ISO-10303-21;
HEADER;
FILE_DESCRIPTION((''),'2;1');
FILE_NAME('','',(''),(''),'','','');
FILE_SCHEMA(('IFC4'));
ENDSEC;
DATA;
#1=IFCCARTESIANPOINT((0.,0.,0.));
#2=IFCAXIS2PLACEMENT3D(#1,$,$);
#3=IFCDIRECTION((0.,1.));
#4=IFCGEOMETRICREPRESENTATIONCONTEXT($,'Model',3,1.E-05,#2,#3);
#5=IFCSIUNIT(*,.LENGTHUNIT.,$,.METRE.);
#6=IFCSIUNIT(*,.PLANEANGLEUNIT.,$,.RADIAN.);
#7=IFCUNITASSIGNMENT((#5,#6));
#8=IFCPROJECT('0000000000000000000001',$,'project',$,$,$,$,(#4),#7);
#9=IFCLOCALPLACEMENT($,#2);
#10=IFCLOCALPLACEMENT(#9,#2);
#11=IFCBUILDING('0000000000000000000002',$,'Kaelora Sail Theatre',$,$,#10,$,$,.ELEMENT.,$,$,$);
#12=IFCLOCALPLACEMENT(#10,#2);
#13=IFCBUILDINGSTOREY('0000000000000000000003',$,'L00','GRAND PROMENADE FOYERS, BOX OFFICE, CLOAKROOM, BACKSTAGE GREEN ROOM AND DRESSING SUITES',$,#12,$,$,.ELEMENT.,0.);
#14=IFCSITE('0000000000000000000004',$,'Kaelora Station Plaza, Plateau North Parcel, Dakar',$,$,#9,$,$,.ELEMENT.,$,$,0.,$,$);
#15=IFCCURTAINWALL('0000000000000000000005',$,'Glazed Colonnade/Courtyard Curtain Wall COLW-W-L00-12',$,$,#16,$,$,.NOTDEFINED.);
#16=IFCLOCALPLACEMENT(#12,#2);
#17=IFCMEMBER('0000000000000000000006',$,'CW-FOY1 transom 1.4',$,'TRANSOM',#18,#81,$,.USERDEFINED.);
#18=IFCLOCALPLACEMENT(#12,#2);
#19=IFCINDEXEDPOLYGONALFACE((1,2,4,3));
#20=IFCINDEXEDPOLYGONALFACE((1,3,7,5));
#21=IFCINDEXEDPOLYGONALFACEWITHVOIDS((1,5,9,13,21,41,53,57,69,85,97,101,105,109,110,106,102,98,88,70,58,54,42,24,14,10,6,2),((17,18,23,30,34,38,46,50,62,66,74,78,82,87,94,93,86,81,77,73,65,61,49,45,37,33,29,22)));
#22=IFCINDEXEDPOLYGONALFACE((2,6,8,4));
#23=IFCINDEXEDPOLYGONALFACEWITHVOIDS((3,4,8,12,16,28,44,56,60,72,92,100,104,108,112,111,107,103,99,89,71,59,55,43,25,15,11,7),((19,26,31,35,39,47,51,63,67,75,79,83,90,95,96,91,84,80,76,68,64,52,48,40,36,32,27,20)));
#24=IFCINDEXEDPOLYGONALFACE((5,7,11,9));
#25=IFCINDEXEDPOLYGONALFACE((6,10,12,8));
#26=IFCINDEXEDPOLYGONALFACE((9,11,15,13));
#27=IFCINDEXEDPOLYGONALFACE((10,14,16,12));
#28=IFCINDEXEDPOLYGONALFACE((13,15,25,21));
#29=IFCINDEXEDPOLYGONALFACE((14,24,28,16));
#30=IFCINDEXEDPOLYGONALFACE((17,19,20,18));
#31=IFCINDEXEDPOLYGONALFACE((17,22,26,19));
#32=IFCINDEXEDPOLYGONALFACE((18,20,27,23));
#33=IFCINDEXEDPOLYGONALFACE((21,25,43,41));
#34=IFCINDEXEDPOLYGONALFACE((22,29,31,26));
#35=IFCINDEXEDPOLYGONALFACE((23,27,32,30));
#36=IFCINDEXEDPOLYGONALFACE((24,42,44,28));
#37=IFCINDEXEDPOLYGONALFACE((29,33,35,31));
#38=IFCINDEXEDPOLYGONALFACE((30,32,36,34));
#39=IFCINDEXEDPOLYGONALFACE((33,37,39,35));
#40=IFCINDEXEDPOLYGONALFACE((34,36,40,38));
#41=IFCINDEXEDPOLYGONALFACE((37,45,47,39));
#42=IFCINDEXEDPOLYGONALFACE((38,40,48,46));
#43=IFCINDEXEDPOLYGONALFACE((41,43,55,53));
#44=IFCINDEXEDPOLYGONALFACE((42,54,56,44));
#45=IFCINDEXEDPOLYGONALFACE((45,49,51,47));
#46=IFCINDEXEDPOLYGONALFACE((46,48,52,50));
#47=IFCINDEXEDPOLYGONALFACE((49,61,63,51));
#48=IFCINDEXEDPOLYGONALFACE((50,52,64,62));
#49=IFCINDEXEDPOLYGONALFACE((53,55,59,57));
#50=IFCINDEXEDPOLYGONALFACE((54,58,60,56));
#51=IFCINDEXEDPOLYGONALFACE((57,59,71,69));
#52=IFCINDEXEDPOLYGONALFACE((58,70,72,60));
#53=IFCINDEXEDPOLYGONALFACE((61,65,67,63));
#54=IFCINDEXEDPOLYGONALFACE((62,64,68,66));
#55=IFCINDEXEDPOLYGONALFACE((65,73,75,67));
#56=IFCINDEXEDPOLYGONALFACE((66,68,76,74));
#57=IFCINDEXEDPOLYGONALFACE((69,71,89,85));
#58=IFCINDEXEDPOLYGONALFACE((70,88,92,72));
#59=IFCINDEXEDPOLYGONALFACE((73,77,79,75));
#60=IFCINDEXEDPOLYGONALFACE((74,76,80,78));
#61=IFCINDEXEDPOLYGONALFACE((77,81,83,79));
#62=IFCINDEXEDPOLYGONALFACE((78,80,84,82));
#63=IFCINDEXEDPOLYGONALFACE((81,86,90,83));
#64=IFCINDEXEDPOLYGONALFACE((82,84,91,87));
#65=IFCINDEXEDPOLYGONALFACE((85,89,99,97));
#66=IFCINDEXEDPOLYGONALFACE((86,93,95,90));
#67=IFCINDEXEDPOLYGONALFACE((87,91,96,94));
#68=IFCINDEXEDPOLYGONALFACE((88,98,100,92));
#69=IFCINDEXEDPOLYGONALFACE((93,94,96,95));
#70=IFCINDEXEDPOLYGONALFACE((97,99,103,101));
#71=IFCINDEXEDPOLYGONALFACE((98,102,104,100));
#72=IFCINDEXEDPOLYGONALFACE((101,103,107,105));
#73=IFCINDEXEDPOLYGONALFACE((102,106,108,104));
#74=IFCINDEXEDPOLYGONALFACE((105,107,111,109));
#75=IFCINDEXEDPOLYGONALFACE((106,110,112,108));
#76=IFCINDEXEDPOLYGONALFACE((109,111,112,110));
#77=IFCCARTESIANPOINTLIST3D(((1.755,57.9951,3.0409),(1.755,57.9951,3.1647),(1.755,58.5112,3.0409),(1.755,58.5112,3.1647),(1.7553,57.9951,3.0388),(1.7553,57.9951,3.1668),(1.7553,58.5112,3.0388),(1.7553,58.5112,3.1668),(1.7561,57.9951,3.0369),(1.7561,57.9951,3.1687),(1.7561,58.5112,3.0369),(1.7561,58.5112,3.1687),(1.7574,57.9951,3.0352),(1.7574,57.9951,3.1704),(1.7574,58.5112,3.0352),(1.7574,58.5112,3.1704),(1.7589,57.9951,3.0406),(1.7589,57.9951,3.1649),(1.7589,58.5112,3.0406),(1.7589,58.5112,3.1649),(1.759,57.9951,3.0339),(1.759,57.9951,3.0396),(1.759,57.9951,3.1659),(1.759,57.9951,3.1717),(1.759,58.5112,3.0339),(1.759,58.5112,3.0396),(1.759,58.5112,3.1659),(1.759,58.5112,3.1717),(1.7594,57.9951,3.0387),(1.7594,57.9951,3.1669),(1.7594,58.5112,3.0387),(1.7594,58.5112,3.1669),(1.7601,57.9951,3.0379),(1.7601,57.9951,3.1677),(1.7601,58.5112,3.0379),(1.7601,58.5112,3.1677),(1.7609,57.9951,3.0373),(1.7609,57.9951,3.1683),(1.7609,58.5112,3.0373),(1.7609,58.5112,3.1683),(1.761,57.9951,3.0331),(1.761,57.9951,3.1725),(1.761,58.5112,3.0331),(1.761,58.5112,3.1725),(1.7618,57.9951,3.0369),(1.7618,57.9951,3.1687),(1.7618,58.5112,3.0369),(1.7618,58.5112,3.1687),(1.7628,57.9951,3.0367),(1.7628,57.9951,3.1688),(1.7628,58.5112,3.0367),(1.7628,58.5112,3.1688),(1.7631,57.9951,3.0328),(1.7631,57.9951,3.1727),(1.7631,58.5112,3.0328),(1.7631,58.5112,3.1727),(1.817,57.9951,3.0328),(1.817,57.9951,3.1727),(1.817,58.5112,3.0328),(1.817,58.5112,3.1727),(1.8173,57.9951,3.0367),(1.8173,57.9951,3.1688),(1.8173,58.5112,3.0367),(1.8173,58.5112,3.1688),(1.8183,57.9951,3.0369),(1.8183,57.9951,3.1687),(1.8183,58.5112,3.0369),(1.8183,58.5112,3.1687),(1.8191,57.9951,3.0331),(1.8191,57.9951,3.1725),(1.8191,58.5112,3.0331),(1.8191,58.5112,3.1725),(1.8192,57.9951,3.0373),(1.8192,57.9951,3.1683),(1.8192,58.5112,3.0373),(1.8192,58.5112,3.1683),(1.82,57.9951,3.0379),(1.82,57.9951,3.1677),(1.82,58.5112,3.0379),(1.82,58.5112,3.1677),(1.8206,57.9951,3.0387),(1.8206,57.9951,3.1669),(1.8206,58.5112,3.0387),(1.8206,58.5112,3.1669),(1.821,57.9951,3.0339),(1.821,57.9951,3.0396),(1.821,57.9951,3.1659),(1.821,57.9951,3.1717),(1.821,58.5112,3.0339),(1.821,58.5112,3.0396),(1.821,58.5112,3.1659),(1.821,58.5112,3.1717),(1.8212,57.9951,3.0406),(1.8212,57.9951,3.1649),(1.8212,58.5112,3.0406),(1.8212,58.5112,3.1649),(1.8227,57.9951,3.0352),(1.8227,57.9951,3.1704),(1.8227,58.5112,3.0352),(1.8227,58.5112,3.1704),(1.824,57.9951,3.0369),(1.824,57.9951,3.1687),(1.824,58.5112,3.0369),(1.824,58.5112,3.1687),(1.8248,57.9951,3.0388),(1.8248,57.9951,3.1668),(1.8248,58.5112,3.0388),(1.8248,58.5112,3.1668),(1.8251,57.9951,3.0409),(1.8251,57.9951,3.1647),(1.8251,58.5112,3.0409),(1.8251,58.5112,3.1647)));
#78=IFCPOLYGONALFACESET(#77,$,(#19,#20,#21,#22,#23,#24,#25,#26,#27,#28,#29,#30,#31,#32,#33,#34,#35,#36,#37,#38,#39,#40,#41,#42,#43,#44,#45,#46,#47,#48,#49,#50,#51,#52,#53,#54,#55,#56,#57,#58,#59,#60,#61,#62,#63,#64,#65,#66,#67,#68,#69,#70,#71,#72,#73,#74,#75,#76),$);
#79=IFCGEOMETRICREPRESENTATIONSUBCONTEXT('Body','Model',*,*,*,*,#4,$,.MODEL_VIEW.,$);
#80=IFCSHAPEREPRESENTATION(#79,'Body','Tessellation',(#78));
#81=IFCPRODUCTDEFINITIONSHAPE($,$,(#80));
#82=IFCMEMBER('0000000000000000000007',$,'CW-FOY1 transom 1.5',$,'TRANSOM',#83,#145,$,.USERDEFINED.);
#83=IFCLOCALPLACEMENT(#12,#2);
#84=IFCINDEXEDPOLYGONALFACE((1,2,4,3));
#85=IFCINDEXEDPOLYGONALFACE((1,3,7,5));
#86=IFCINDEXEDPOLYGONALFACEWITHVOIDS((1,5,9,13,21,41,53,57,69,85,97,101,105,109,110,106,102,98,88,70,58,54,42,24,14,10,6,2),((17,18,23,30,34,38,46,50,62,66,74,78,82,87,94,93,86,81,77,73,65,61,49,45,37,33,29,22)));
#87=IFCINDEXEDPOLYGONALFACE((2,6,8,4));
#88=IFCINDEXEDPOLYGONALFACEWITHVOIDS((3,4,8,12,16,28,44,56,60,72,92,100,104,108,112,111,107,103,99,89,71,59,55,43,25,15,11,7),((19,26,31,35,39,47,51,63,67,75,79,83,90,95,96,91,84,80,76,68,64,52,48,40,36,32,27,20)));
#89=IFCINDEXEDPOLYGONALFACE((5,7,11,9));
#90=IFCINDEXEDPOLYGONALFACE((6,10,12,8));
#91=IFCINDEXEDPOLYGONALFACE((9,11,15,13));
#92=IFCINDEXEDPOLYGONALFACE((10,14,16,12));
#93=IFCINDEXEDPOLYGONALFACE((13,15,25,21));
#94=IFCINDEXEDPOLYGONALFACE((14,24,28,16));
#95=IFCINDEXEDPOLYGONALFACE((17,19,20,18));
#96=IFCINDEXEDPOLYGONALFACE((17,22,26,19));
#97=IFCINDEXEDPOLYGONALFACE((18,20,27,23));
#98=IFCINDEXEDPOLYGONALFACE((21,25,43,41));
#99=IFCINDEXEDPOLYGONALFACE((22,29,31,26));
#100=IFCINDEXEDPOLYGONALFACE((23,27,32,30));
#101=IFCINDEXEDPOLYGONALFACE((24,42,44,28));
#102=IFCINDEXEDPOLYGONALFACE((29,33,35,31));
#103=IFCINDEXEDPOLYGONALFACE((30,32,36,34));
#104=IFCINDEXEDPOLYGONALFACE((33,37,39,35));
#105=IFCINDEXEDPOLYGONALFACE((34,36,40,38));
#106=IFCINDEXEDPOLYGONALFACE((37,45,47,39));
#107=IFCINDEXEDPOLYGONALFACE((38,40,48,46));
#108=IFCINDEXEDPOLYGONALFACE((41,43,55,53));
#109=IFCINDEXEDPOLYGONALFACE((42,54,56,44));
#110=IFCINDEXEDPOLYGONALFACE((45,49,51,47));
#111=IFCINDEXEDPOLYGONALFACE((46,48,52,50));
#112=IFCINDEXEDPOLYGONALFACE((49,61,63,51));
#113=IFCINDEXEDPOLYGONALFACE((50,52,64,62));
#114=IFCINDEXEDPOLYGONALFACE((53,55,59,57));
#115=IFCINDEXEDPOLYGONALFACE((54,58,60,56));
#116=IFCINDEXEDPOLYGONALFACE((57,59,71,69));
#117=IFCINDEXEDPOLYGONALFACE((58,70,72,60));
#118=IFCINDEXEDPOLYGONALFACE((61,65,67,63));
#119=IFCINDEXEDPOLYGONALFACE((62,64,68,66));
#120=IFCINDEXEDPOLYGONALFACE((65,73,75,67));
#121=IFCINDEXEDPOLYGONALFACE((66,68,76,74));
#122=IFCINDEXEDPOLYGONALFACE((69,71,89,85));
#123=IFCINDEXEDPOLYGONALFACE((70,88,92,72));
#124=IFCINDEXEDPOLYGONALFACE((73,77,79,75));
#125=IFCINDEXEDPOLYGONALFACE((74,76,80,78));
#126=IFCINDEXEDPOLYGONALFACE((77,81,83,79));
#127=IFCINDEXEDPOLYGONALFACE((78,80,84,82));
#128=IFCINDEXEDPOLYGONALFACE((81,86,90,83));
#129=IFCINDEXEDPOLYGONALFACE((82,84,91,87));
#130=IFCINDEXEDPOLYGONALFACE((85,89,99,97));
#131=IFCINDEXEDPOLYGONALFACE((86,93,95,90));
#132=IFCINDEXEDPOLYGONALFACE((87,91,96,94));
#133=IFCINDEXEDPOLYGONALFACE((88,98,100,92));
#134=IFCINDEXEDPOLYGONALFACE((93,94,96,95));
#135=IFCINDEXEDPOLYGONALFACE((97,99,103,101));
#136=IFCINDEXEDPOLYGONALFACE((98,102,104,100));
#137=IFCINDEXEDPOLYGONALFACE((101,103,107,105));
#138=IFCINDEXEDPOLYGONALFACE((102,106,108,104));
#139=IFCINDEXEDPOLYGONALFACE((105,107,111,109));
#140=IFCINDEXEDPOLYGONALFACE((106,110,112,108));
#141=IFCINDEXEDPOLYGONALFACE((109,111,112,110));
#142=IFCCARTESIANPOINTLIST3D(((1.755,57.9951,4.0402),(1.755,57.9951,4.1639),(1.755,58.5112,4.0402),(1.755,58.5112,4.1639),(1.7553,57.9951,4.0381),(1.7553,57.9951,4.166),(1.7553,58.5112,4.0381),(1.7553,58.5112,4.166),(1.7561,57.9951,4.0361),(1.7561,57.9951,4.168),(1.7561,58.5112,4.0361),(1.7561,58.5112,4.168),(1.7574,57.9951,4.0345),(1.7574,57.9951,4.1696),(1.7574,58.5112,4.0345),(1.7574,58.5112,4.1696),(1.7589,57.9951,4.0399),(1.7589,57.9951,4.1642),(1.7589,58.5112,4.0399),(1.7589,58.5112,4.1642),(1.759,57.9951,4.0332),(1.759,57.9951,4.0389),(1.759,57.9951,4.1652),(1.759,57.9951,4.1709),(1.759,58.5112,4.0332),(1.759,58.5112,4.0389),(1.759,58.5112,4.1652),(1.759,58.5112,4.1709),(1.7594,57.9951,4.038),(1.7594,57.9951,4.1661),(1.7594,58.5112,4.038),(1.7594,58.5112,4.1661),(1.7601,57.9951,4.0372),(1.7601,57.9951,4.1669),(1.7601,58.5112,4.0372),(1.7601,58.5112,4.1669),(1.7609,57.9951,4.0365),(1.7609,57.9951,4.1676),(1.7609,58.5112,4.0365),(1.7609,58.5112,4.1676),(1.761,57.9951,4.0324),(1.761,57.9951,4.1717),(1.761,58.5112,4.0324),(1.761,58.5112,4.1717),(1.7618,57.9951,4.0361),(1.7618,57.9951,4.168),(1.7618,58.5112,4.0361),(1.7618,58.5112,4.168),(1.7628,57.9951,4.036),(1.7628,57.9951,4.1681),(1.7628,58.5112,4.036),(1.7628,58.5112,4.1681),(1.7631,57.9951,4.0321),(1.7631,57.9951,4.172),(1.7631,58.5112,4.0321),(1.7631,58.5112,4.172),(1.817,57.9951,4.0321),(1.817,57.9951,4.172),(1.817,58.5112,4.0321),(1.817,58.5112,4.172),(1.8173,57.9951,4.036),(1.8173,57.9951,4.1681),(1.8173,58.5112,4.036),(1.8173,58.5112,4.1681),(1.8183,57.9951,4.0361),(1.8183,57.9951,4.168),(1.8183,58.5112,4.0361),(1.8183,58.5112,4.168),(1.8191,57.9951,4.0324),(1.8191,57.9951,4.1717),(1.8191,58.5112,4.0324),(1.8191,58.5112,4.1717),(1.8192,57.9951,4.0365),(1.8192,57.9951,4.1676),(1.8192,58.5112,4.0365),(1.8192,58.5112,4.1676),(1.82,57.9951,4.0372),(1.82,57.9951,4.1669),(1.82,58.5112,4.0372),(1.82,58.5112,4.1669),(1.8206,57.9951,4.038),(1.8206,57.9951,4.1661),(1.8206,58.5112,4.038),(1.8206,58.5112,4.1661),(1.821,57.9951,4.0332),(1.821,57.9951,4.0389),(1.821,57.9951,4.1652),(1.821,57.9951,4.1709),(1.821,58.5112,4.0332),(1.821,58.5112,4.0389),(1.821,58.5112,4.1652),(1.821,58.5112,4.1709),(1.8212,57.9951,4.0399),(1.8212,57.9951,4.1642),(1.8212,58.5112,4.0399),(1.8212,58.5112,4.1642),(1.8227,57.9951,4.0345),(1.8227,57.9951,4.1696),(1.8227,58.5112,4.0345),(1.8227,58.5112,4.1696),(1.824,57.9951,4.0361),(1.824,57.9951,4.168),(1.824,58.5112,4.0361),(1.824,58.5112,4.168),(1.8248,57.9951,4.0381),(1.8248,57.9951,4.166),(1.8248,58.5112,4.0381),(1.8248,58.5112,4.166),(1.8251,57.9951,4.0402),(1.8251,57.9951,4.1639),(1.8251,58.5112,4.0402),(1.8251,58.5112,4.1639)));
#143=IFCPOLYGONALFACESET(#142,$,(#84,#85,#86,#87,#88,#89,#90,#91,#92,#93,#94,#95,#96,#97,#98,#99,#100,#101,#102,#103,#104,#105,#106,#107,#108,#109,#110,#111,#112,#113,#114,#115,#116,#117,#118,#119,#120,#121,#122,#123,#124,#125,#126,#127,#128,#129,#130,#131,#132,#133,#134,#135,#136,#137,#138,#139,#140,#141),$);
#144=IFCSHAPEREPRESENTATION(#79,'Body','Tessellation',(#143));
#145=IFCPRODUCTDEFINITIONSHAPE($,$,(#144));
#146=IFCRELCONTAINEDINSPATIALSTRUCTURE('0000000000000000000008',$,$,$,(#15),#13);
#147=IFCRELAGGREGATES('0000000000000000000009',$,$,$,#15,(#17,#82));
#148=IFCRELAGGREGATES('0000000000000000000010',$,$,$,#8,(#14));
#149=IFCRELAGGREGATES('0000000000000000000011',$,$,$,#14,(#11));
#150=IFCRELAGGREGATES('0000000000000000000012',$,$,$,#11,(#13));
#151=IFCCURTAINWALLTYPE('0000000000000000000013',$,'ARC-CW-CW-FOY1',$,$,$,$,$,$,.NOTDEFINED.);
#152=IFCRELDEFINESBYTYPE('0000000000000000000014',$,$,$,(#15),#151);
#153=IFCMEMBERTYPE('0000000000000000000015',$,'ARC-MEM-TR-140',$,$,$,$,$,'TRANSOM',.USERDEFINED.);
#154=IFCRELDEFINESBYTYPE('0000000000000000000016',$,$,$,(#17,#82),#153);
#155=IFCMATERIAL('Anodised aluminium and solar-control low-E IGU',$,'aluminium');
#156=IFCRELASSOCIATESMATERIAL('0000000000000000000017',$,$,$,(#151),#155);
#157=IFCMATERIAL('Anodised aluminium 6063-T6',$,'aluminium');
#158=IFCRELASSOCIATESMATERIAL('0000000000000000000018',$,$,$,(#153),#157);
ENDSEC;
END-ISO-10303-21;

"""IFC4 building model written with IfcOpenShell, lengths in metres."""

from ifc_helpers import new_model, si_unit, direction, frame, origin, origin_2d, place, context, subcontext, project, spatial, hollow_rectangle, extrude, material, material_profile, profile_set, type_object, element, aggregate, save


model = new_model("IFC4")

# Units and contexts
model_context = context("Model", 3, precision=1e-05, world=origin(), true_north=direction((0.0, 1.0)))
body_context = subcontext(model_context, "Body", "Model", "MODEL_VIEW")
ifc_project = project(units=[si_unit("LENGTHUNIT", "METRE"), si_unit("PLANEANGLEUNIT", "RADIAN")], contexts=[model_context])

# Site, building, storey
site_placement = place(None, origin())
site = spatial("IfcSite", under=ifc_project, at=site_placement, Name="Kaelora Station Plaza, Plateau North Parcel, Dakar", CompositionType="ELEMENT", RefElevation=0.0)
building_placement = place(site_placement, origin())
building = spatial("IfcBuilding", under=site, at=building_placement, Name="Kaelora Sail Theatre", CompositionType="ELEMENT")
storey_placement = place(building_placement, origin())
storey = spatial("IfcBuildingStorey", under=building, at=storey_placement, Name="L00", Description="GRAND PROMENADE FOYERS, BOX OFFICE, CLOAKROOM, BACKSTAGE GREEN ROOM AND DRESSING SUITES", CompositionType="ELEMENT", Elevation=0.0)

# Shared definitions
ifc_material_1 = material(Name="Anodised aluminium and solar-control low-E IGU", Category="aluminium")
curtain_wall_type = type_object("IfcCurtainWallType", Name="ARC-CW-CW-FOY1", PredefinedType="NOTDEFINED", material=ifc_material_1)

# Curtain wall, members
curtain_wall_1_placement = place(storey_placement, origin())
curtain_wall_1 = element("IfcCurtainWall", 1, at=curtain_wall_1_placement, inside=storey, type_object=curtain_wall_type, Name="Glazed Colonnade/Courtyard Curtain Wall COLW-W-L00-12", PredefinedType="NOTDEFINED")
ifc_material_2 = material(Name="Anodised aluminium 6063-T6", Category="aluminium")
ifc_material_profile_1 = material_profile(ifc_material_2, hollow_rectangle(XDim=0.0701, YDim=0.1399, WallThickness=0.0039, InnerFilletRadius=0.0039, OuterFilletRadius=0.0081, at=origin_2d()), Name="ALU-TRAN 70x140x4")
ifc_profile_set_1 = profile_set([ifc_material_profile_1], Name="Anodised aluminium 6063-T6")
member_type_1 = type_object("IfcMemberType", Name="ARC-MEM-TR-140", ElementType="TRANSOM", PredefinedType="USERDEFINED", material=ifc_profile_set_1)
member_1_placement = place(storey_placement, frame((1.79, 57.9951, 3.1028), z_axis=(0.0, 1.0, 0.0), x_axis=(-1.0, 0.0, 0.0)))
member_1 = element("IfcMember", 2, at=member_1_placement, type_object=member_type_1, Name="CW-FOY1 transom 1.4", ObjectType="TRANSOM", PredefinedType="USERDEFINED", context=body_context, shape_type="SweptSolid", body=[
    extrude(hollow_rectangle(XDim=0.0701, YDim=0.1399, WallThickness=0.0039, InnerFilletRadius=0.0039, OuterFilletRadius=0.0081, at=origin_2d()), origin(), (0.0, 0.0, 1.0), 0.5161),
])
member_2_placement = place(storey_placement, frame((1.79, 57.9951, 4.1021), z_axis=(0.0, 1.0, 0.0), x_axis=(-1.0, 0.0, 0.0)))
member_2 = element("IfcMember", 3, at=member_2_placement, type_object=member_type_1, Name="CW-FOY1 transom 1.5", ObjectType="TRANSOM", PredefinedType="USERDEFINED", context=body_context, shape_type="SweptSolid", body=[
    extrude(hollow_rectangle(XDim=0.0701, YDim=0.1399, WallThickness=0.0039, InnerFilletRadius=0.0039, OuterFilletRadius=0.0081, at=origin_2d()), origin(), (0.0, 0.0, 1.0), 0.5161),
])

aggregate(curtain_wall_1, [member_1, member_2])

save(model, "model.ifc")
